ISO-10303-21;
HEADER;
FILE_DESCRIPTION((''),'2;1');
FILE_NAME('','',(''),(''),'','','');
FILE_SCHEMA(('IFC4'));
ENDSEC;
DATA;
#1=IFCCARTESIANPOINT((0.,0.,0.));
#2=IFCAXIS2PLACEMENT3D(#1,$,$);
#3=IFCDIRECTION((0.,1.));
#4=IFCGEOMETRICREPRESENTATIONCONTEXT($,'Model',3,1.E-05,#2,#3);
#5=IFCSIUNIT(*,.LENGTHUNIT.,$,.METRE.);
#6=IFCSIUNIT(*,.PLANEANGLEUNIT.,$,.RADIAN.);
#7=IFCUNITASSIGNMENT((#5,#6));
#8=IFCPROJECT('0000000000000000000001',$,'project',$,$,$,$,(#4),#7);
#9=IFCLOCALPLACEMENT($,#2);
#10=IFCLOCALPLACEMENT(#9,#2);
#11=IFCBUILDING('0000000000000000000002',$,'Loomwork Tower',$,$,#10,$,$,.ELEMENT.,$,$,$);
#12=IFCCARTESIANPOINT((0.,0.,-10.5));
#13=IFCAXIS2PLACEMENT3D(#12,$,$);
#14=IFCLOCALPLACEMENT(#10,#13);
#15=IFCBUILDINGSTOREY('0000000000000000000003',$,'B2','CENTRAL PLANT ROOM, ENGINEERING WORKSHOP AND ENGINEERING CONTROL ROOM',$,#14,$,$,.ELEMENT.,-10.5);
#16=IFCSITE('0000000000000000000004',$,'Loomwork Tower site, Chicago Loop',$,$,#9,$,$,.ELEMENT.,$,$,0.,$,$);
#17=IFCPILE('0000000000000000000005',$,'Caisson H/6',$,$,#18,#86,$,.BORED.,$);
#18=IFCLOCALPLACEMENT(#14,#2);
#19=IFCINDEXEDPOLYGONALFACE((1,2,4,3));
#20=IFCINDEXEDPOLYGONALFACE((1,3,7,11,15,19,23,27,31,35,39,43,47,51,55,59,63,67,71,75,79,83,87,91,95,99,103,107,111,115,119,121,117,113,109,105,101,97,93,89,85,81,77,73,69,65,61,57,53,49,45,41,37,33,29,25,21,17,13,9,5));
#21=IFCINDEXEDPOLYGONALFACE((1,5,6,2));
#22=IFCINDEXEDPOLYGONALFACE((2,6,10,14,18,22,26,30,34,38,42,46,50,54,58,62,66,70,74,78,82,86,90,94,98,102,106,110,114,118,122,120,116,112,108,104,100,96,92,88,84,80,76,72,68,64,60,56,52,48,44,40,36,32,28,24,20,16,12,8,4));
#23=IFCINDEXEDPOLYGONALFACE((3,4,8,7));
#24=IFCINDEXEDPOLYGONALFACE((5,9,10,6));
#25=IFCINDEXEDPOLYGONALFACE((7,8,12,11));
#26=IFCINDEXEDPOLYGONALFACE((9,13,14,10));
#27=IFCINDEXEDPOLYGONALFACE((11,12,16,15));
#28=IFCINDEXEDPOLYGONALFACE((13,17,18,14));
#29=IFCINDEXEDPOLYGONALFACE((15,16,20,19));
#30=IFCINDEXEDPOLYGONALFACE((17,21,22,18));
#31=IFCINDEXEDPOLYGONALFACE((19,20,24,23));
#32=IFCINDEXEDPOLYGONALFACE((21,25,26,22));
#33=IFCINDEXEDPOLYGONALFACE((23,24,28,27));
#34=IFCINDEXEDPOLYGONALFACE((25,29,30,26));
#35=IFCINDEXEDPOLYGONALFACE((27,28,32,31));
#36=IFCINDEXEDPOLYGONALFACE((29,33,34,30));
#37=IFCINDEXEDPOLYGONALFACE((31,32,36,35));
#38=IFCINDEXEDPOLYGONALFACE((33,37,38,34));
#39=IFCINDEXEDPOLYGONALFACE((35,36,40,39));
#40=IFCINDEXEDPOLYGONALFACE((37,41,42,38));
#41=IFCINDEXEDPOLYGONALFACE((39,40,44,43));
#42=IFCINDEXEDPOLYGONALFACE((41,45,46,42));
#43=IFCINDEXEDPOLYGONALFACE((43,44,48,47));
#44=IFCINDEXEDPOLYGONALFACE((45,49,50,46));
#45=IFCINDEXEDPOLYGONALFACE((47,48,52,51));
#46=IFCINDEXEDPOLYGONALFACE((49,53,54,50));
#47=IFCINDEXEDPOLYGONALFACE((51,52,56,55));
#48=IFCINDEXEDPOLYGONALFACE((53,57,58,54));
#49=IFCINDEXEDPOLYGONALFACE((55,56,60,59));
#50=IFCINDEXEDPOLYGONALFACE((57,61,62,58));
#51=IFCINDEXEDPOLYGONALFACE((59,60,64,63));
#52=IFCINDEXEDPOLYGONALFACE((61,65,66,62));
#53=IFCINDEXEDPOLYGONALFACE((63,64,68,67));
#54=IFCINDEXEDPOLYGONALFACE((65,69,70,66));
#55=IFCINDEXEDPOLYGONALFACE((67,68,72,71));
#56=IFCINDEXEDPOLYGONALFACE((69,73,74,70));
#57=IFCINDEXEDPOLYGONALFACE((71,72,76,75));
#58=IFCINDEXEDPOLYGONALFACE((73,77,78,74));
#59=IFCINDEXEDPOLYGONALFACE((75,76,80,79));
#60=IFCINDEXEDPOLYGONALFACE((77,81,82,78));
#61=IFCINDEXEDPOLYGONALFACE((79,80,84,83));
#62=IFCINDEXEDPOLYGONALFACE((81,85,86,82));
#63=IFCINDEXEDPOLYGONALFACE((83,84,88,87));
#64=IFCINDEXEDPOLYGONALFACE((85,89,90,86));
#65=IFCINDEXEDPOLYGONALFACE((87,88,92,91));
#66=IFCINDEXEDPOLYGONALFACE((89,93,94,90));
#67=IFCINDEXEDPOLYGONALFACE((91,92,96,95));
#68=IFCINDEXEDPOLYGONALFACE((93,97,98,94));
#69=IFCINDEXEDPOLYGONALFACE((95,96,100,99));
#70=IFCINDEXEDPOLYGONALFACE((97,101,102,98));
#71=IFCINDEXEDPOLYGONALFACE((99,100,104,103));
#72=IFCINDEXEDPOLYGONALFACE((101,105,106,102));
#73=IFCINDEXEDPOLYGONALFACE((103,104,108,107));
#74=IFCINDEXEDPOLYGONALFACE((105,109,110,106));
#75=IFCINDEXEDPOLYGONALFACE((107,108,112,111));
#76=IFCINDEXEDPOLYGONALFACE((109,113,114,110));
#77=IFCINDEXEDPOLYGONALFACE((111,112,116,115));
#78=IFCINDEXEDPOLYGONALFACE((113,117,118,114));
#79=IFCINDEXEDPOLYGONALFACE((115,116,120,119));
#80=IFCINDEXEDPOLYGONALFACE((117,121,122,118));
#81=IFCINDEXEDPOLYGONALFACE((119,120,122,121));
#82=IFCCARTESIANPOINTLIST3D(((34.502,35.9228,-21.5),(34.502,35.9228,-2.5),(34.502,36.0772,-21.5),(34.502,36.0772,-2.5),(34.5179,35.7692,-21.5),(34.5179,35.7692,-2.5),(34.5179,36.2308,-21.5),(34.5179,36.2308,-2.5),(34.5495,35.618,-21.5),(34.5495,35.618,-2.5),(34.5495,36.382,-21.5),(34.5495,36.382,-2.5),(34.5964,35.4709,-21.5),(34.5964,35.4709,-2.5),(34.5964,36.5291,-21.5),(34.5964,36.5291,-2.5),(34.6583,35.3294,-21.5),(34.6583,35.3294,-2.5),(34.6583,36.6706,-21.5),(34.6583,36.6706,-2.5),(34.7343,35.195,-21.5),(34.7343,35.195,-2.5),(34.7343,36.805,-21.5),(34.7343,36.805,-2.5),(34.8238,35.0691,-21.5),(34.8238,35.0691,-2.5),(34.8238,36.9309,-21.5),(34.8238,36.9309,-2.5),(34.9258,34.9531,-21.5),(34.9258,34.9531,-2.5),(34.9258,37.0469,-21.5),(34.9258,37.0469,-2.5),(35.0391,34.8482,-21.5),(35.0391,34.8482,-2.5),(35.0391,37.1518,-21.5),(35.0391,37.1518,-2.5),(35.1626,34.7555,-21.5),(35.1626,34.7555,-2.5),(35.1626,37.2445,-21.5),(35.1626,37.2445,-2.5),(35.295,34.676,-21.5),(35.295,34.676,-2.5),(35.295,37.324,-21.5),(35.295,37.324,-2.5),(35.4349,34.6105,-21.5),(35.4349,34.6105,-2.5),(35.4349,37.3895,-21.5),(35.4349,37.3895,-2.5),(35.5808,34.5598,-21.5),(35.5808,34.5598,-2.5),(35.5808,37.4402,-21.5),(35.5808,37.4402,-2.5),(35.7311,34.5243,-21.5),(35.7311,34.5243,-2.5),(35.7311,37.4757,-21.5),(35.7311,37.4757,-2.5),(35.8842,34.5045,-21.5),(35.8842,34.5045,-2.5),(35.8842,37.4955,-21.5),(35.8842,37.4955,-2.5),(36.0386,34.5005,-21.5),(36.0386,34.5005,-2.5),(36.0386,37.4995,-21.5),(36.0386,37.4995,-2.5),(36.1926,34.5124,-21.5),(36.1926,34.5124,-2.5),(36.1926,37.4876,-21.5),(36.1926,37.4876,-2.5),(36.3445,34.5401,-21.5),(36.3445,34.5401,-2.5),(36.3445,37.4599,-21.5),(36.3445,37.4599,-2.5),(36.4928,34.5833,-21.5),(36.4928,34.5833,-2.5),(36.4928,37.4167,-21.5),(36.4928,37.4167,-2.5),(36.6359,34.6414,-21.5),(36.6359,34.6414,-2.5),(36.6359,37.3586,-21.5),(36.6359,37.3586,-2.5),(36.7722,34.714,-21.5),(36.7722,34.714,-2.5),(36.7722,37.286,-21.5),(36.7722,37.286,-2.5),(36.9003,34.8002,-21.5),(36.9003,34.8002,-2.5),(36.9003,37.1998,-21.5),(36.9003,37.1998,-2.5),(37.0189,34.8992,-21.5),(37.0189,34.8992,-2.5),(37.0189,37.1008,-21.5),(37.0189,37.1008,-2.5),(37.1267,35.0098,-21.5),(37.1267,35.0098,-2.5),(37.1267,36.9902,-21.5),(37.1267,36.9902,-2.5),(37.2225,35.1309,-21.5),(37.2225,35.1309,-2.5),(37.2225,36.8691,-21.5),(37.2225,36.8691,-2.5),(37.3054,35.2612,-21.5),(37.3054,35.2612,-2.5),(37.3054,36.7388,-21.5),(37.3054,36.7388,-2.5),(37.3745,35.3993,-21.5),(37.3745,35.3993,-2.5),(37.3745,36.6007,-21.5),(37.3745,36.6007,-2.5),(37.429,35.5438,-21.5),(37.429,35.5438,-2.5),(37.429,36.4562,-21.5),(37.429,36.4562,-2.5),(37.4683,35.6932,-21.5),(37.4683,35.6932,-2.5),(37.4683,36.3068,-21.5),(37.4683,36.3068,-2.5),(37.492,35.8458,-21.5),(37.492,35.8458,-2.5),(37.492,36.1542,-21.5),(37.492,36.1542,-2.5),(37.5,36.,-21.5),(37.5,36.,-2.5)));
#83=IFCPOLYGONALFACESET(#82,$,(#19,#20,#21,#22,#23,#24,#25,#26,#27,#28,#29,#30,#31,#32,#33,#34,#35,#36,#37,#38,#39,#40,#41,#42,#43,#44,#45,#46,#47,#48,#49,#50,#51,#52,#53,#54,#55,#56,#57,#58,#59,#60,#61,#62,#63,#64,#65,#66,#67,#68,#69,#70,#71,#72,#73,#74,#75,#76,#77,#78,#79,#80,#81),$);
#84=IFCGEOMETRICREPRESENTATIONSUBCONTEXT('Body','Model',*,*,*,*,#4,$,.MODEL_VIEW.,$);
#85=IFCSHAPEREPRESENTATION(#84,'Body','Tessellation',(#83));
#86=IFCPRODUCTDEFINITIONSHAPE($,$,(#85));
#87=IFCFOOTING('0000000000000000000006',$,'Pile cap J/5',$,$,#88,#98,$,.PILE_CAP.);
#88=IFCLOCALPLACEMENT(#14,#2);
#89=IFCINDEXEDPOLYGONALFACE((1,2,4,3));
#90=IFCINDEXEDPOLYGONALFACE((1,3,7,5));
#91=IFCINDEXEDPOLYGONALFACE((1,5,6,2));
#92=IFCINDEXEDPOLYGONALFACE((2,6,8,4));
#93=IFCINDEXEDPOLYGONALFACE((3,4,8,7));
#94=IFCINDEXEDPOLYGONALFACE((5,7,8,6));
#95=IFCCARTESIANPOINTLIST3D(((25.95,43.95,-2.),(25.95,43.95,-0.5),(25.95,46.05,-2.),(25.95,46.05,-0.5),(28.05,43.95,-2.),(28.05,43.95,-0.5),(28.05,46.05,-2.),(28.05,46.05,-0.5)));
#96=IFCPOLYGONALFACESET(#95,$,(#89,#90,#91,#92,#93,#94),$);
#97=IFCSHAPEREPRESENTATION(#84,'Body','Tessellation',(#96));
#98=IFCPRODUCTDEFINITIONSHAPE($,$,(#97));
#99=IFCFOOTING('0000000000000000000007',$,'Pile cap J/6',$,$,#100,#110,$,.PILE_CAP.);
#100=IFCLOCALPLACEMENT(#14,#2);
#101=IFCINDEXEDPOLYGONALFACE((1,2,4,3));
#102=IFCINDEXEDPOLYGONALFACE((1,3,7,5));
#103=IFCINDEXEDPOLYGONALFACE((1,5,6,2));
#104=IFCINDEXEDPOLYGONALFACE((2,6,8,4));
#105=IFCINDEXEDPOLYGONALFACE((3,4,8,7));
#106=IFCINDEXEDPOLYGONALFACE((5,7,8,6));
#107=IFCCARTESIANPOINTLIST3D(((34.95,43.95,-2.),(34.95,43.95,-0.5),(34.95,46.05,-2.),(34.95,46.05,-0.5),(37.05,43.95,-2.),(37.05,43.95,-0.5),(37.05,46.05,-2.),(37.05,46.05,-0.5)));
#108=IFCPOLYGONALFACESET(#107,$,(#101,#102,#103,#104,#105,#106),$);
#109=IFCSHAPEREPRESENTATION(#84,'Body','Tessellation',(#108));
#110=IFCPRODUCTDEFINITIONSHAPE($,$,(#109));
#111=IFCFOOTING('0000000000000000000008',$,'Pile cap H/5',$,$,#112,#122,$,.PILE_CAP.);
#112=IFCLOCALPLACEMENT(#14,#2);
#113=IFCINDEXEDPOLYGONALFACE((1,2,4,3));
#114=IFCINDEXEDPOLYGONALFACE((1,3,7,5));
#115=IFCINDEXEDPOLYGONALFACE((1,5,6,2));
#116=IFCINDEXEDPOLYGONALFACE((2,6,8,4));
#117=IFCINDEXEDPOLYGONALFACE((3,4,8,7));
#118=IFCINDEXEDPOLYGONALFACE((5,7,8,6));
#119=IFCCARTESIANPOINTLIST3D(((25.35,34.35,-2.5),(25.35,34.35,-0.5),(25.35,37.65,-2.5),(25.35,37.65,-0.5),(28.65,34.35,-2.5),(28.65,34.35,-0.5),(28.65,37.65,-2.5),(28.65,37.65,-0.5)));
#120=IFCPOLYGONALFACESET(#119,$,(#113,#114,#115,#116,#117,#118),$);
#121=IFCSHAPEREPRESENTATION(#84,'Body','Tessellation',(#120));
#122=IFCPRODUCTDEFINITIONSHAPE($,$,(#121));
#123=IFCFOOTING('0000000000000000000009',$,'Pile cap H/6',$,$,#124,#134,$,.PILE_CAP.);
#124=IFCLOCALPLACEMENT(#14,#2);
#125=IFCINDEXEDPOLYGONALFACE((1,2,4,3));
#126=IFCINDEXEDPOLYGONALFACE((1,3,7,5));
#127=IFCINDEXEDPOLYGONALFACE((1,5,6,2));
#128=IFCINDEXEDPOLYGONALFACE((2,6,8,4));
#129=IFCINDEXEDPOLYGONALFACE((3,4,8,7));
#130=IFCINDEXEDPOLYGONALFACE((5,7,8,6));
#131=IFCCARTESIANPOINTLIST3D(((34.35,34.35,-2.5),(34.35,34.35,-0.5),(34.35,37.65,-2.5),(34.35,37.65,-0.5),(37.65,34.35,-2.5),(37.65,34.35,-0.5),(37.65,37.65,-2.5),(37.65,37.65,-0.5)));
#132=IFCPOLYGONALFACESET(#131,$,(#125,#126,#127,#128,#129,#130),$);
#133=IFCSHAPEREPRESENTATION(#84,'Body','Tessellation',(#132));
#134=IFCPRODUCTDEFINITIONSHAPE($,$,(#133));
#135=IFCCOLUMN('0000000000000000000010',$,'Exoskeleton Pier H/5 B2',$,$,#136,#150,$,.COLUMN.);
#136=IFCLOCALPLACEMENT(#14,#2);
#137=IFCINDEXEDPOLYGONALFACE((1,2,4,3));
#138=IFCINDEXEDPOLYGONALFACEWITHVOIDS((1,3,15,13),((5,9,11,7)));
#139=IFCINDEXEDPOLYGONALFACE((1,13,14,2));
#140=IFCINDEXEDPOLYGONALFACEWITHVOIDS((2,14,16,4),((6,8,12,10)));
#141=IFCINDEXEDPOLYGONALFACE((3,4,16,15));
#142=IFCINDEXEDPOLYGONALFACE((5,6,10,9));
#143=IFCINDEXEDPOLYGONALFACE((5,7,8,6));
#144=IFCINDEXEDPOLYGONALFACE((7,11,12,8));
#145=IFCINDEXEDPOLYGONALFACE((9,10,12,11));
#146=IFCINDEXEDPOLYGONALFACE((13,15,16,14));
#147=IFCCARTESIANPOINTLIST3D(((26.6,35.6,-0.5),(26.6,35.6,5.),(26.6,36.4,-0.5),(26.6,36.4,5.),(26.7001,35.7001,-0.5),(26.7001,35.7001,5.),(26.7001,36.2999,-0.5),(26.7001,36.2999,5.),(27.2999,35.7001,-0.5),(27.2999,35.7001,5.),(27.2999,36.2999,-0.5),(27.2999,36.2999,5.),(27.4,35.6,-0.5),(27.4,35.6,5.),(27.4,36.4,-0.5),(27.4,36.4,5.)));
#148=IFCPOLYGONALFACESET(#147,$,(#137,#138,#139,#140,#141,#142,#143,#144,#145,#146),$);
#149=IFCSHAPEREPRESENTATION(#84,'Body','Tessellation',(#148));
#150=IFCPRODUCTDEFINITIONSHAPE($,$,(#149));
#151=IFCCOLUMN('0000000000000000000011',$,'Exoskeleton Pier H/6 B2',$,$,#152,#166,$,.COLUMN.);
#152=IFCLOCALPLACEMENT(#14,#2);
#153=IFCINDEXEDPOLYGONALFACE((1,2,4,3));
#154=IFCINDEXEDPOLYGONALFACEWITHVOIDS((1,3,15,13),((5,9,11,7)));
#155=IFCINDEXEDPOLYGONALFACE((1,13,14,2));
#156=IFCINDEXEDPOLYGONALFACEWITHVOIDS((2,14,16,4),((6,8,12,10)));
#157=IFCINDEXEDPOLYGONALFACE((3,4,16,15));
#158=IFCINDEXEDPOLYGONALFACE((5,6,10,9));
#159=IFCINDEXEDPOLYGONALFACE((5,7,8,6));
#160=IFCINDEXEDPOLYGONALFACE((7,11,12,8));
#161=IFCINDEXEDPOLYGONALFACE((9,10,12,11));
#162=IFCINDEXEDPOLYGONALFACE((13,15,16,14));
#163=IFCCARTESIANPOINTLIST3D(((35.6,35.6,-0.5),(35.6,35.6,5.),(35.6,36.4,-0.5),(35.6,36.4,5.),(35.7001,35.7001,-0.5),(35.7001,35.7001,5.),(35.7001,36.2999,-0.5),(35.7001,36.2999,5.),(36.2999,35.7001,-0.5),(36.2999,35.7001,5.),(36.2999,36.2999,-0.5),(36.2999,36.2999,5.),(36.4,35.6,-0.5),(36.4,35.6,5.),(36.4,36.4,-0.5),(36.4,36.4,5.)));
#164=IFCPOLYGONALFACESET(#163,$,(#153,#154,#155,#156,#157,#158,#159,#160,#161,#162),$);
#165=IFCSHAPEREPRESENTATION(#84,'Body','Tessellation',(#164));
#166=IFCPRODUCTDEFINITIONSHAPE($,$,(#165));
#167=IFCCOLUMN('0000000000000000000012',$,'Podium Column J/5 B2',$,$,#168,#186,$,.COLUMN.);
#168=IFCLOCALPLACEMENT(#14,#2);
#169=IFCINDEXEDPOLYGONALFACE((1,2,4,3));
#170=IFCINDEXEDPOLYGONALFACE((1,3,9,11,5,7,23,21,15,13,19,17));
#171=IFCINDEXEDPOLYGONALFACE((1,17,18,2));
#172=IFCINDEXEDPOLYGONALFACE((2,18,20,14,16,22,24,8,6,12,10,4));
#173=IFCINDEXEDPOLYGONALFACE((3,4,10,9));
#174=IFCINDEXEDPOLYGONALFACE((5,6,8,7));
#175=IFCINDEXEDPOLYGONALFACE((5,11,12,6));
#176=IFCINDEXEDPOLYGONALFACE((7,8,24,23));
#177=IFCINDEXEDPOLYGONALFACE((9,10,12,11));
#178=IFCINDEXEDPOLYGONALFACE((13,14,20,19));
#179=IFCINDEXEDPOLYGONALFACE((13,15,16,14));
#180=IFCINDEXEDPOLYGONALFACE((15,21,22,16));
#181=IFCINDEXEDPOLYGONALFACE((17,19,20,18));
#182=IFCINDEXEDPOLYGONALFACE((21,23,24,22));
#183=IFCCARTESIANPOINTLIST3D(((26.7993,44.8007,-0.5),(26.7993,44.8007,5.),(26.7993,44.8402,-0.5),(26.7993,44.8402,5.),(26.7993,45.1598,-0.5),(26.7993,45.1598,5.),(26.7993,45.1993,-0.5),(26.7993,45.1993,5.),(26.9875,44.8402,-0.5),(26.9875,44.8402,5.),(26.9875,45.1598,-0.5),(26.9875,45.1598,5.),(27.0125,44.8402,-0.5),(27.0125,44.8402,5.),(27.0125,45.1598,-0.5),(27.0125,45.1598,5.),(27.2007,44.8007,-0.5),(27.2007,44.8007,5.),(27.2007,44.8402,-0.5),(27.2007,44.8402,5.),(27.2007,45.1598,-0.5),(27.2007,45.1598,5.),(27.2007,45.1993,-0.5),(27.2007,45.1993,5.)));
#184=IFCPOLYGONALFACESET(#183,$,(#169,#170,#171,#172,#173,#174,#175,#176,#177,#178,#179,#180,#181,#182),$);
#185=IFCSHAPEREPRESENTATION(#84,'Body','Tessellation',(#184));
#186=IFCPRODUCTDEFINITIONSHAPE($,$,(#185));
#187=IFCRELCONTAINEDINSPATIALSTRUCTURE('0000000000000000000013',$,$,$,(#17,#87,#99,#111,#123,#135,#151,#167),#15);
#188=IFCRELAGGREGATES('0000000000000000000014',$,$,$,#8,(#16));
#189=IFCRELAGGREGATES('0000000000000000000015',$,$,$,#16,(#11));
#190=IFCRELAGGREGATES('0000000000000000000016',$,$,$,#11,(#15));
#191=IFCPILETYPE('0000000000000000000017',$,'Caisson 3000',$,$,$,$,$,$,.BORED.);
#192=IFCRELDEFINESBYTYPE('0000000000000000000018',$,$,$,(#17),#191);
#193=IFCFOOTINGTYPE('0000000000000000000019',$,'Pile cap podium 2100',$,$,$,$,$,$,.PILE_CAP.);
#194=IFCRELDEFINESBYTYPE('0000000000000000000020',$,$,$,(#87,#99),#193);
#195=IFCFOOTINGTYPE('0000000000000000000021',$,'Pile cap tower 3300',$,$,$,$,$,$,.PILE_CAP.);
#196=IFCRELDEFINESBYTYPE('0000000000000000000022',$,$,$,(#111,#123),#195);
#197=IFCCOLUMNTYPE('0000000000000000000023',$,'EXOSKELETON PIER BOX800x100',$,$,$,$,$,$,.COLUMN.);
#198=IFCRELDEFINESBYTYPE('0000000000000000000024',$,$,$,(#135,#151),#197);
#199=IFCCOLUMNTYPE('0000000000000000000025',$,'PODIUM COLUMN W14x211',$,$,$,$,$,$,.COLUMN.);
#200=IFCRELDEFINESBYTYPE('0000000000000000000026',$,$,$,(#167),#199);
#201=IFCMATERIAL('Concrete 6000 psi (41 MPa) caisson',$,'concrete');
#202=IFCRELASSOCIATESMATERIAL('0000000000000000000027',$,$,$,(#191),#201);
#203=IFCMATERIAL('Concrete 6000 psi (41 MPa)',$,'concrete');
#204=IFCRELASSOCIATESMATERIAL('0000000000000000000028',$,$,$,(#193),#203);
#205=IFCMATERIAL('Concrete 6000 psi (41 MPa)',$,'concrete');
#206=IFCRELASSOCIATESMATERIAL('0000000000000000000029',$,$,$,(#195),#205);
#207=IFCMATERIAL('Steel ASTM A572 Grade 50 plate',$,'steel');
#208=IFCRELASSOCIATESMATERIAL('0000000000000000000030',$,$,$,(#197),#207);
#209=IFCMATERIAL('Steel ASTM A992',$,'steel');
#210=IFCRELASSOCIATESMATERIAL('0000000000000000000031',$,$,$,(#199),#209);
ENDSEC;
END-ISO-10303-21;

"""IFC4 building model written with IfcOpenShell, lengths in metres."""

from ifc_helpers import new_model, si_unit, direction, frame, origin, origin_2d, place, context, subcontext, project, spatial, rectangle, hollow_rectangle, circle, i_section, extrude, material, material_profile, profile_set, type_object, element, save


model = new_model("IFC4")

# Units and contexts
model_context = context("Model", 3, precision=1e-05, world=origin(), true_north=direction((0.0, 1.0)))
body_context = subcontext(model_context, "Body", "Model", "MODEL_VIEW")
ifc_project = project(units=[si_unit("LENGTHUNIT", "METRE"), si_unit("PLANEANGLEUNIT", "RADIAN")], contexts=[model_context])

# Site, building, storey
site_placement = place(None, origin())
site = spatial("IfcSite", under=ifc_project, at=site_placement, Name="Loomwork Tower site, Chicago Loop", CompositionType="ELEMENT", RefElevation=0.0)
building_placement = place(site_placement, origin())
building = spatial("IfcBuilding", under=site, at=building_placement, Name="Loomwork Tower", CompositionType="ELEMENT")
storey_placement = place(building_placement, frame((0.0, 0.0, -10.5)))
storey = spatial("IfcBuildingStorey", under=building, at=storey_placement, Name="B2", Description="CENTRAL PLANT ROOM, ENGINEERING WORKSHOP AND ENGINEERING CONTROL ROOM", CompositionType="ELEMENT", Elevation=-10.5)

# Pile
ifc_material_1 = material(Name="Concrete 6000 psi (41 MPa) caisson", Category="concrete")
ifc_material_profile_1 = material_profile(ifc_material_1, circle(Radius=1.5, at=origin_2d()), Name="D3000")
ifc_profile_set_1 = profile_set([ifc_material_profile_1], Name="Concrete 6000 psi (41 MPa) caisson")
pile_type_1 = type_object("IfcPileType", Name="Caisson 3000", PredefinedType="BORED", material=ifc_profile_set_1)
for number, where, z_axis, x_axis, name in (
    (1, (36.0, 36.0, -2.5), (0.0, 0.0, -1.0), (1.0, 0.0, 0.0), "Caisson H/6"),
):
    element("IfcPile", number, at=place(storey_placement, frame(where, z_axis=z_axis, x_axis=x_axis)), inside=storey, type_object=pile_type_1, Name=name, PredefinedType="BORED", context=body_context, shape_type="SweptSolid", body=[
        extrude(circle(Radius=1.5, at=origin_2d()), origin(), (0.0, 0.0, 1.0), 19.0),
    ])

# Footings
ifc_material_2 = material(Name="Concrete 6000 psi (41 MPa)", Category="concrete")
footing_type_1 = type_object("IfcFootingType", Name="Pile cap podium 2100", PredefinedType="PILE_CAP", material=ifc_material_2)
for number, where, z_axis, x_axis, name in (
    (2, (27.0, 45.0, -2.0), (0.0, 0.0, 1.0), (1.0, 0.0, 0.0), "Pile cap J/5"),
    (3, (36.0, 45.0, -2.0), (0.0, 0.0, 1.0), (1.0, 0.0, 0.0), "Pile cap J/6"),
):
    element("IfcFooting", number, at=place(storey_placement, frame(where, z_axis=z_axis, x_axis=x_axis)), inside=storey, type_object=footing_type_1, Name=name, PredefinedType="PILE_CAP", context=body_context, shape_type="SweptSolid", body=[
        extrude(rectangle(XDim=2.1001, YDim=2.1001, at=origin_2d()), origin(), (0.0, 0.0, 1.0), 1.5),
    ])
ifc_material_3 = material(Name="Concrete 6000 psi (41 MPa)", Category="concrete")
footing_type_2 = type_object("IfcFootingType", Name="Pile cap tower 3300", PredefinedType="PILE_CAP", material=ifc_material_3)
for number, where, z_axis, x_axis, name in (
    (4, (27.0, 36.0, -2.5), (0.0, 0.0, 1.0), (1.0, 0.0, 0.0), "Pile cap H/5"),
    (5, (36.0, 36.0, -2.5), (0.0, 0.0, 1.0), (1.0, 0.0, 0.0), "Pile cap H/6"),
):
    element("IfcFooting", number, at=place(storey_placement, frame(where, z_axis=z_axis, x_axis=x_axis)), inside=storey, type_object=footing_type_2, Name=name, PredefinedType="PILE_CAP", context=body_context, shape_type="SweptSolid", body=[
        extrude(rectangle(XDim=3.3, YDim=3.3, at=origin_2d()), origin(), (0.0, 0.0, 1.0), 2.0),
    ])

# Columns
ifc_material_4 = material(Name="Steel ASTM A572 Grade 50 plate", Category="steel")
ifc_material_profile_2 = material_profile(ifc_material_4, hollow_rectangle(XDim=0.8, YDim=0.8, WallThickness=0.1001, at=origin_2d()), Name="BOX800x100")
ifc_profile_set_2 = profile_set([ifc_material_profile_2], Name="Steel ASTM A572 Grade 50 plate")
column_type_1 = type_object("IfcColumnType", Name="EXOSKELETON PIER BOX800x100", PredefinedType="COLUMN", material=ifc_profile_set_2)
for number, where, z_axis, x_axis, name in (
    (6, (27.0, 36.0, -0.5), (0.0, 0.0, 1.0), (1.0, 0.0, 0.0), "Exoskeleton Pier H/5 B2"),
    (7, (36.0, 36.0, -0.5), (0.0, 0.0, 1.0), (1.0, 0.0, 0.0), "Exoskeleton Pier H/6 B2"),
):
    element("IfcColumn", number, at=place(storey_placement, frame(where, z_axis=z_axis, x_axis=x_axis)), inside=storey, type_object=column_type_1, Name=name, PredefinedType="COLUMN", context=body_context, shape_type="SweptSolid", body=[
        extrude(hollow_rectangle(XDim=0.8, YDim=0.8, WallThickness=0.1001, at=origin_2d()), origin(), (0.0, 0.0, 1.0), 5.5),
    ])
ifc_material_5 = material(Name="Steel ASTM A992", Category="steel")
ifc_material_profile_3 = material_profile(ifc_material_5, i_section(OverallWidth=0.4014, OverallDepth=0.3987, WebThickness=0.0249, FlangeThickness=0.0396, at=origin_2d()), Name="W14x211")
ifc_profile_set_3 = profile_set([ifc_material_profile_3], Name="Steel ASTM A992")
column_type_2 = type_object("IfcColumnType", Name="PODIUM COLUMN W14x211", PredefinedType="COLUMN", material=ifc_profile_set_3)
for number, where, z_axis, x_axis, name in (
    (8, (27.0, 45.0, -0.5), (0.0, 0.0, 1.0), (1.0, 0.0, 0.0), "Podium Column J/5 B2"),
):
    element("IfcColumn", number, at=place(storey_placement, frame(where, z_axis=z_axis, x_axis=x_axis)), inside=storey, type_object=column_type_2, Name=name, PredefinedType="COLUMN", context=body_context, shape_type="SweptSolid", body=[
        extrude(i_section(OverallWidth=0.4014, OverallDepth=0.3987, WebThickness=0.0249, FlangeThickness=0.0396, at=origin_2d()), origin(), (0.0, 0.0, 1.0), 5.5),
    ])

save(model, "model.ifc")
